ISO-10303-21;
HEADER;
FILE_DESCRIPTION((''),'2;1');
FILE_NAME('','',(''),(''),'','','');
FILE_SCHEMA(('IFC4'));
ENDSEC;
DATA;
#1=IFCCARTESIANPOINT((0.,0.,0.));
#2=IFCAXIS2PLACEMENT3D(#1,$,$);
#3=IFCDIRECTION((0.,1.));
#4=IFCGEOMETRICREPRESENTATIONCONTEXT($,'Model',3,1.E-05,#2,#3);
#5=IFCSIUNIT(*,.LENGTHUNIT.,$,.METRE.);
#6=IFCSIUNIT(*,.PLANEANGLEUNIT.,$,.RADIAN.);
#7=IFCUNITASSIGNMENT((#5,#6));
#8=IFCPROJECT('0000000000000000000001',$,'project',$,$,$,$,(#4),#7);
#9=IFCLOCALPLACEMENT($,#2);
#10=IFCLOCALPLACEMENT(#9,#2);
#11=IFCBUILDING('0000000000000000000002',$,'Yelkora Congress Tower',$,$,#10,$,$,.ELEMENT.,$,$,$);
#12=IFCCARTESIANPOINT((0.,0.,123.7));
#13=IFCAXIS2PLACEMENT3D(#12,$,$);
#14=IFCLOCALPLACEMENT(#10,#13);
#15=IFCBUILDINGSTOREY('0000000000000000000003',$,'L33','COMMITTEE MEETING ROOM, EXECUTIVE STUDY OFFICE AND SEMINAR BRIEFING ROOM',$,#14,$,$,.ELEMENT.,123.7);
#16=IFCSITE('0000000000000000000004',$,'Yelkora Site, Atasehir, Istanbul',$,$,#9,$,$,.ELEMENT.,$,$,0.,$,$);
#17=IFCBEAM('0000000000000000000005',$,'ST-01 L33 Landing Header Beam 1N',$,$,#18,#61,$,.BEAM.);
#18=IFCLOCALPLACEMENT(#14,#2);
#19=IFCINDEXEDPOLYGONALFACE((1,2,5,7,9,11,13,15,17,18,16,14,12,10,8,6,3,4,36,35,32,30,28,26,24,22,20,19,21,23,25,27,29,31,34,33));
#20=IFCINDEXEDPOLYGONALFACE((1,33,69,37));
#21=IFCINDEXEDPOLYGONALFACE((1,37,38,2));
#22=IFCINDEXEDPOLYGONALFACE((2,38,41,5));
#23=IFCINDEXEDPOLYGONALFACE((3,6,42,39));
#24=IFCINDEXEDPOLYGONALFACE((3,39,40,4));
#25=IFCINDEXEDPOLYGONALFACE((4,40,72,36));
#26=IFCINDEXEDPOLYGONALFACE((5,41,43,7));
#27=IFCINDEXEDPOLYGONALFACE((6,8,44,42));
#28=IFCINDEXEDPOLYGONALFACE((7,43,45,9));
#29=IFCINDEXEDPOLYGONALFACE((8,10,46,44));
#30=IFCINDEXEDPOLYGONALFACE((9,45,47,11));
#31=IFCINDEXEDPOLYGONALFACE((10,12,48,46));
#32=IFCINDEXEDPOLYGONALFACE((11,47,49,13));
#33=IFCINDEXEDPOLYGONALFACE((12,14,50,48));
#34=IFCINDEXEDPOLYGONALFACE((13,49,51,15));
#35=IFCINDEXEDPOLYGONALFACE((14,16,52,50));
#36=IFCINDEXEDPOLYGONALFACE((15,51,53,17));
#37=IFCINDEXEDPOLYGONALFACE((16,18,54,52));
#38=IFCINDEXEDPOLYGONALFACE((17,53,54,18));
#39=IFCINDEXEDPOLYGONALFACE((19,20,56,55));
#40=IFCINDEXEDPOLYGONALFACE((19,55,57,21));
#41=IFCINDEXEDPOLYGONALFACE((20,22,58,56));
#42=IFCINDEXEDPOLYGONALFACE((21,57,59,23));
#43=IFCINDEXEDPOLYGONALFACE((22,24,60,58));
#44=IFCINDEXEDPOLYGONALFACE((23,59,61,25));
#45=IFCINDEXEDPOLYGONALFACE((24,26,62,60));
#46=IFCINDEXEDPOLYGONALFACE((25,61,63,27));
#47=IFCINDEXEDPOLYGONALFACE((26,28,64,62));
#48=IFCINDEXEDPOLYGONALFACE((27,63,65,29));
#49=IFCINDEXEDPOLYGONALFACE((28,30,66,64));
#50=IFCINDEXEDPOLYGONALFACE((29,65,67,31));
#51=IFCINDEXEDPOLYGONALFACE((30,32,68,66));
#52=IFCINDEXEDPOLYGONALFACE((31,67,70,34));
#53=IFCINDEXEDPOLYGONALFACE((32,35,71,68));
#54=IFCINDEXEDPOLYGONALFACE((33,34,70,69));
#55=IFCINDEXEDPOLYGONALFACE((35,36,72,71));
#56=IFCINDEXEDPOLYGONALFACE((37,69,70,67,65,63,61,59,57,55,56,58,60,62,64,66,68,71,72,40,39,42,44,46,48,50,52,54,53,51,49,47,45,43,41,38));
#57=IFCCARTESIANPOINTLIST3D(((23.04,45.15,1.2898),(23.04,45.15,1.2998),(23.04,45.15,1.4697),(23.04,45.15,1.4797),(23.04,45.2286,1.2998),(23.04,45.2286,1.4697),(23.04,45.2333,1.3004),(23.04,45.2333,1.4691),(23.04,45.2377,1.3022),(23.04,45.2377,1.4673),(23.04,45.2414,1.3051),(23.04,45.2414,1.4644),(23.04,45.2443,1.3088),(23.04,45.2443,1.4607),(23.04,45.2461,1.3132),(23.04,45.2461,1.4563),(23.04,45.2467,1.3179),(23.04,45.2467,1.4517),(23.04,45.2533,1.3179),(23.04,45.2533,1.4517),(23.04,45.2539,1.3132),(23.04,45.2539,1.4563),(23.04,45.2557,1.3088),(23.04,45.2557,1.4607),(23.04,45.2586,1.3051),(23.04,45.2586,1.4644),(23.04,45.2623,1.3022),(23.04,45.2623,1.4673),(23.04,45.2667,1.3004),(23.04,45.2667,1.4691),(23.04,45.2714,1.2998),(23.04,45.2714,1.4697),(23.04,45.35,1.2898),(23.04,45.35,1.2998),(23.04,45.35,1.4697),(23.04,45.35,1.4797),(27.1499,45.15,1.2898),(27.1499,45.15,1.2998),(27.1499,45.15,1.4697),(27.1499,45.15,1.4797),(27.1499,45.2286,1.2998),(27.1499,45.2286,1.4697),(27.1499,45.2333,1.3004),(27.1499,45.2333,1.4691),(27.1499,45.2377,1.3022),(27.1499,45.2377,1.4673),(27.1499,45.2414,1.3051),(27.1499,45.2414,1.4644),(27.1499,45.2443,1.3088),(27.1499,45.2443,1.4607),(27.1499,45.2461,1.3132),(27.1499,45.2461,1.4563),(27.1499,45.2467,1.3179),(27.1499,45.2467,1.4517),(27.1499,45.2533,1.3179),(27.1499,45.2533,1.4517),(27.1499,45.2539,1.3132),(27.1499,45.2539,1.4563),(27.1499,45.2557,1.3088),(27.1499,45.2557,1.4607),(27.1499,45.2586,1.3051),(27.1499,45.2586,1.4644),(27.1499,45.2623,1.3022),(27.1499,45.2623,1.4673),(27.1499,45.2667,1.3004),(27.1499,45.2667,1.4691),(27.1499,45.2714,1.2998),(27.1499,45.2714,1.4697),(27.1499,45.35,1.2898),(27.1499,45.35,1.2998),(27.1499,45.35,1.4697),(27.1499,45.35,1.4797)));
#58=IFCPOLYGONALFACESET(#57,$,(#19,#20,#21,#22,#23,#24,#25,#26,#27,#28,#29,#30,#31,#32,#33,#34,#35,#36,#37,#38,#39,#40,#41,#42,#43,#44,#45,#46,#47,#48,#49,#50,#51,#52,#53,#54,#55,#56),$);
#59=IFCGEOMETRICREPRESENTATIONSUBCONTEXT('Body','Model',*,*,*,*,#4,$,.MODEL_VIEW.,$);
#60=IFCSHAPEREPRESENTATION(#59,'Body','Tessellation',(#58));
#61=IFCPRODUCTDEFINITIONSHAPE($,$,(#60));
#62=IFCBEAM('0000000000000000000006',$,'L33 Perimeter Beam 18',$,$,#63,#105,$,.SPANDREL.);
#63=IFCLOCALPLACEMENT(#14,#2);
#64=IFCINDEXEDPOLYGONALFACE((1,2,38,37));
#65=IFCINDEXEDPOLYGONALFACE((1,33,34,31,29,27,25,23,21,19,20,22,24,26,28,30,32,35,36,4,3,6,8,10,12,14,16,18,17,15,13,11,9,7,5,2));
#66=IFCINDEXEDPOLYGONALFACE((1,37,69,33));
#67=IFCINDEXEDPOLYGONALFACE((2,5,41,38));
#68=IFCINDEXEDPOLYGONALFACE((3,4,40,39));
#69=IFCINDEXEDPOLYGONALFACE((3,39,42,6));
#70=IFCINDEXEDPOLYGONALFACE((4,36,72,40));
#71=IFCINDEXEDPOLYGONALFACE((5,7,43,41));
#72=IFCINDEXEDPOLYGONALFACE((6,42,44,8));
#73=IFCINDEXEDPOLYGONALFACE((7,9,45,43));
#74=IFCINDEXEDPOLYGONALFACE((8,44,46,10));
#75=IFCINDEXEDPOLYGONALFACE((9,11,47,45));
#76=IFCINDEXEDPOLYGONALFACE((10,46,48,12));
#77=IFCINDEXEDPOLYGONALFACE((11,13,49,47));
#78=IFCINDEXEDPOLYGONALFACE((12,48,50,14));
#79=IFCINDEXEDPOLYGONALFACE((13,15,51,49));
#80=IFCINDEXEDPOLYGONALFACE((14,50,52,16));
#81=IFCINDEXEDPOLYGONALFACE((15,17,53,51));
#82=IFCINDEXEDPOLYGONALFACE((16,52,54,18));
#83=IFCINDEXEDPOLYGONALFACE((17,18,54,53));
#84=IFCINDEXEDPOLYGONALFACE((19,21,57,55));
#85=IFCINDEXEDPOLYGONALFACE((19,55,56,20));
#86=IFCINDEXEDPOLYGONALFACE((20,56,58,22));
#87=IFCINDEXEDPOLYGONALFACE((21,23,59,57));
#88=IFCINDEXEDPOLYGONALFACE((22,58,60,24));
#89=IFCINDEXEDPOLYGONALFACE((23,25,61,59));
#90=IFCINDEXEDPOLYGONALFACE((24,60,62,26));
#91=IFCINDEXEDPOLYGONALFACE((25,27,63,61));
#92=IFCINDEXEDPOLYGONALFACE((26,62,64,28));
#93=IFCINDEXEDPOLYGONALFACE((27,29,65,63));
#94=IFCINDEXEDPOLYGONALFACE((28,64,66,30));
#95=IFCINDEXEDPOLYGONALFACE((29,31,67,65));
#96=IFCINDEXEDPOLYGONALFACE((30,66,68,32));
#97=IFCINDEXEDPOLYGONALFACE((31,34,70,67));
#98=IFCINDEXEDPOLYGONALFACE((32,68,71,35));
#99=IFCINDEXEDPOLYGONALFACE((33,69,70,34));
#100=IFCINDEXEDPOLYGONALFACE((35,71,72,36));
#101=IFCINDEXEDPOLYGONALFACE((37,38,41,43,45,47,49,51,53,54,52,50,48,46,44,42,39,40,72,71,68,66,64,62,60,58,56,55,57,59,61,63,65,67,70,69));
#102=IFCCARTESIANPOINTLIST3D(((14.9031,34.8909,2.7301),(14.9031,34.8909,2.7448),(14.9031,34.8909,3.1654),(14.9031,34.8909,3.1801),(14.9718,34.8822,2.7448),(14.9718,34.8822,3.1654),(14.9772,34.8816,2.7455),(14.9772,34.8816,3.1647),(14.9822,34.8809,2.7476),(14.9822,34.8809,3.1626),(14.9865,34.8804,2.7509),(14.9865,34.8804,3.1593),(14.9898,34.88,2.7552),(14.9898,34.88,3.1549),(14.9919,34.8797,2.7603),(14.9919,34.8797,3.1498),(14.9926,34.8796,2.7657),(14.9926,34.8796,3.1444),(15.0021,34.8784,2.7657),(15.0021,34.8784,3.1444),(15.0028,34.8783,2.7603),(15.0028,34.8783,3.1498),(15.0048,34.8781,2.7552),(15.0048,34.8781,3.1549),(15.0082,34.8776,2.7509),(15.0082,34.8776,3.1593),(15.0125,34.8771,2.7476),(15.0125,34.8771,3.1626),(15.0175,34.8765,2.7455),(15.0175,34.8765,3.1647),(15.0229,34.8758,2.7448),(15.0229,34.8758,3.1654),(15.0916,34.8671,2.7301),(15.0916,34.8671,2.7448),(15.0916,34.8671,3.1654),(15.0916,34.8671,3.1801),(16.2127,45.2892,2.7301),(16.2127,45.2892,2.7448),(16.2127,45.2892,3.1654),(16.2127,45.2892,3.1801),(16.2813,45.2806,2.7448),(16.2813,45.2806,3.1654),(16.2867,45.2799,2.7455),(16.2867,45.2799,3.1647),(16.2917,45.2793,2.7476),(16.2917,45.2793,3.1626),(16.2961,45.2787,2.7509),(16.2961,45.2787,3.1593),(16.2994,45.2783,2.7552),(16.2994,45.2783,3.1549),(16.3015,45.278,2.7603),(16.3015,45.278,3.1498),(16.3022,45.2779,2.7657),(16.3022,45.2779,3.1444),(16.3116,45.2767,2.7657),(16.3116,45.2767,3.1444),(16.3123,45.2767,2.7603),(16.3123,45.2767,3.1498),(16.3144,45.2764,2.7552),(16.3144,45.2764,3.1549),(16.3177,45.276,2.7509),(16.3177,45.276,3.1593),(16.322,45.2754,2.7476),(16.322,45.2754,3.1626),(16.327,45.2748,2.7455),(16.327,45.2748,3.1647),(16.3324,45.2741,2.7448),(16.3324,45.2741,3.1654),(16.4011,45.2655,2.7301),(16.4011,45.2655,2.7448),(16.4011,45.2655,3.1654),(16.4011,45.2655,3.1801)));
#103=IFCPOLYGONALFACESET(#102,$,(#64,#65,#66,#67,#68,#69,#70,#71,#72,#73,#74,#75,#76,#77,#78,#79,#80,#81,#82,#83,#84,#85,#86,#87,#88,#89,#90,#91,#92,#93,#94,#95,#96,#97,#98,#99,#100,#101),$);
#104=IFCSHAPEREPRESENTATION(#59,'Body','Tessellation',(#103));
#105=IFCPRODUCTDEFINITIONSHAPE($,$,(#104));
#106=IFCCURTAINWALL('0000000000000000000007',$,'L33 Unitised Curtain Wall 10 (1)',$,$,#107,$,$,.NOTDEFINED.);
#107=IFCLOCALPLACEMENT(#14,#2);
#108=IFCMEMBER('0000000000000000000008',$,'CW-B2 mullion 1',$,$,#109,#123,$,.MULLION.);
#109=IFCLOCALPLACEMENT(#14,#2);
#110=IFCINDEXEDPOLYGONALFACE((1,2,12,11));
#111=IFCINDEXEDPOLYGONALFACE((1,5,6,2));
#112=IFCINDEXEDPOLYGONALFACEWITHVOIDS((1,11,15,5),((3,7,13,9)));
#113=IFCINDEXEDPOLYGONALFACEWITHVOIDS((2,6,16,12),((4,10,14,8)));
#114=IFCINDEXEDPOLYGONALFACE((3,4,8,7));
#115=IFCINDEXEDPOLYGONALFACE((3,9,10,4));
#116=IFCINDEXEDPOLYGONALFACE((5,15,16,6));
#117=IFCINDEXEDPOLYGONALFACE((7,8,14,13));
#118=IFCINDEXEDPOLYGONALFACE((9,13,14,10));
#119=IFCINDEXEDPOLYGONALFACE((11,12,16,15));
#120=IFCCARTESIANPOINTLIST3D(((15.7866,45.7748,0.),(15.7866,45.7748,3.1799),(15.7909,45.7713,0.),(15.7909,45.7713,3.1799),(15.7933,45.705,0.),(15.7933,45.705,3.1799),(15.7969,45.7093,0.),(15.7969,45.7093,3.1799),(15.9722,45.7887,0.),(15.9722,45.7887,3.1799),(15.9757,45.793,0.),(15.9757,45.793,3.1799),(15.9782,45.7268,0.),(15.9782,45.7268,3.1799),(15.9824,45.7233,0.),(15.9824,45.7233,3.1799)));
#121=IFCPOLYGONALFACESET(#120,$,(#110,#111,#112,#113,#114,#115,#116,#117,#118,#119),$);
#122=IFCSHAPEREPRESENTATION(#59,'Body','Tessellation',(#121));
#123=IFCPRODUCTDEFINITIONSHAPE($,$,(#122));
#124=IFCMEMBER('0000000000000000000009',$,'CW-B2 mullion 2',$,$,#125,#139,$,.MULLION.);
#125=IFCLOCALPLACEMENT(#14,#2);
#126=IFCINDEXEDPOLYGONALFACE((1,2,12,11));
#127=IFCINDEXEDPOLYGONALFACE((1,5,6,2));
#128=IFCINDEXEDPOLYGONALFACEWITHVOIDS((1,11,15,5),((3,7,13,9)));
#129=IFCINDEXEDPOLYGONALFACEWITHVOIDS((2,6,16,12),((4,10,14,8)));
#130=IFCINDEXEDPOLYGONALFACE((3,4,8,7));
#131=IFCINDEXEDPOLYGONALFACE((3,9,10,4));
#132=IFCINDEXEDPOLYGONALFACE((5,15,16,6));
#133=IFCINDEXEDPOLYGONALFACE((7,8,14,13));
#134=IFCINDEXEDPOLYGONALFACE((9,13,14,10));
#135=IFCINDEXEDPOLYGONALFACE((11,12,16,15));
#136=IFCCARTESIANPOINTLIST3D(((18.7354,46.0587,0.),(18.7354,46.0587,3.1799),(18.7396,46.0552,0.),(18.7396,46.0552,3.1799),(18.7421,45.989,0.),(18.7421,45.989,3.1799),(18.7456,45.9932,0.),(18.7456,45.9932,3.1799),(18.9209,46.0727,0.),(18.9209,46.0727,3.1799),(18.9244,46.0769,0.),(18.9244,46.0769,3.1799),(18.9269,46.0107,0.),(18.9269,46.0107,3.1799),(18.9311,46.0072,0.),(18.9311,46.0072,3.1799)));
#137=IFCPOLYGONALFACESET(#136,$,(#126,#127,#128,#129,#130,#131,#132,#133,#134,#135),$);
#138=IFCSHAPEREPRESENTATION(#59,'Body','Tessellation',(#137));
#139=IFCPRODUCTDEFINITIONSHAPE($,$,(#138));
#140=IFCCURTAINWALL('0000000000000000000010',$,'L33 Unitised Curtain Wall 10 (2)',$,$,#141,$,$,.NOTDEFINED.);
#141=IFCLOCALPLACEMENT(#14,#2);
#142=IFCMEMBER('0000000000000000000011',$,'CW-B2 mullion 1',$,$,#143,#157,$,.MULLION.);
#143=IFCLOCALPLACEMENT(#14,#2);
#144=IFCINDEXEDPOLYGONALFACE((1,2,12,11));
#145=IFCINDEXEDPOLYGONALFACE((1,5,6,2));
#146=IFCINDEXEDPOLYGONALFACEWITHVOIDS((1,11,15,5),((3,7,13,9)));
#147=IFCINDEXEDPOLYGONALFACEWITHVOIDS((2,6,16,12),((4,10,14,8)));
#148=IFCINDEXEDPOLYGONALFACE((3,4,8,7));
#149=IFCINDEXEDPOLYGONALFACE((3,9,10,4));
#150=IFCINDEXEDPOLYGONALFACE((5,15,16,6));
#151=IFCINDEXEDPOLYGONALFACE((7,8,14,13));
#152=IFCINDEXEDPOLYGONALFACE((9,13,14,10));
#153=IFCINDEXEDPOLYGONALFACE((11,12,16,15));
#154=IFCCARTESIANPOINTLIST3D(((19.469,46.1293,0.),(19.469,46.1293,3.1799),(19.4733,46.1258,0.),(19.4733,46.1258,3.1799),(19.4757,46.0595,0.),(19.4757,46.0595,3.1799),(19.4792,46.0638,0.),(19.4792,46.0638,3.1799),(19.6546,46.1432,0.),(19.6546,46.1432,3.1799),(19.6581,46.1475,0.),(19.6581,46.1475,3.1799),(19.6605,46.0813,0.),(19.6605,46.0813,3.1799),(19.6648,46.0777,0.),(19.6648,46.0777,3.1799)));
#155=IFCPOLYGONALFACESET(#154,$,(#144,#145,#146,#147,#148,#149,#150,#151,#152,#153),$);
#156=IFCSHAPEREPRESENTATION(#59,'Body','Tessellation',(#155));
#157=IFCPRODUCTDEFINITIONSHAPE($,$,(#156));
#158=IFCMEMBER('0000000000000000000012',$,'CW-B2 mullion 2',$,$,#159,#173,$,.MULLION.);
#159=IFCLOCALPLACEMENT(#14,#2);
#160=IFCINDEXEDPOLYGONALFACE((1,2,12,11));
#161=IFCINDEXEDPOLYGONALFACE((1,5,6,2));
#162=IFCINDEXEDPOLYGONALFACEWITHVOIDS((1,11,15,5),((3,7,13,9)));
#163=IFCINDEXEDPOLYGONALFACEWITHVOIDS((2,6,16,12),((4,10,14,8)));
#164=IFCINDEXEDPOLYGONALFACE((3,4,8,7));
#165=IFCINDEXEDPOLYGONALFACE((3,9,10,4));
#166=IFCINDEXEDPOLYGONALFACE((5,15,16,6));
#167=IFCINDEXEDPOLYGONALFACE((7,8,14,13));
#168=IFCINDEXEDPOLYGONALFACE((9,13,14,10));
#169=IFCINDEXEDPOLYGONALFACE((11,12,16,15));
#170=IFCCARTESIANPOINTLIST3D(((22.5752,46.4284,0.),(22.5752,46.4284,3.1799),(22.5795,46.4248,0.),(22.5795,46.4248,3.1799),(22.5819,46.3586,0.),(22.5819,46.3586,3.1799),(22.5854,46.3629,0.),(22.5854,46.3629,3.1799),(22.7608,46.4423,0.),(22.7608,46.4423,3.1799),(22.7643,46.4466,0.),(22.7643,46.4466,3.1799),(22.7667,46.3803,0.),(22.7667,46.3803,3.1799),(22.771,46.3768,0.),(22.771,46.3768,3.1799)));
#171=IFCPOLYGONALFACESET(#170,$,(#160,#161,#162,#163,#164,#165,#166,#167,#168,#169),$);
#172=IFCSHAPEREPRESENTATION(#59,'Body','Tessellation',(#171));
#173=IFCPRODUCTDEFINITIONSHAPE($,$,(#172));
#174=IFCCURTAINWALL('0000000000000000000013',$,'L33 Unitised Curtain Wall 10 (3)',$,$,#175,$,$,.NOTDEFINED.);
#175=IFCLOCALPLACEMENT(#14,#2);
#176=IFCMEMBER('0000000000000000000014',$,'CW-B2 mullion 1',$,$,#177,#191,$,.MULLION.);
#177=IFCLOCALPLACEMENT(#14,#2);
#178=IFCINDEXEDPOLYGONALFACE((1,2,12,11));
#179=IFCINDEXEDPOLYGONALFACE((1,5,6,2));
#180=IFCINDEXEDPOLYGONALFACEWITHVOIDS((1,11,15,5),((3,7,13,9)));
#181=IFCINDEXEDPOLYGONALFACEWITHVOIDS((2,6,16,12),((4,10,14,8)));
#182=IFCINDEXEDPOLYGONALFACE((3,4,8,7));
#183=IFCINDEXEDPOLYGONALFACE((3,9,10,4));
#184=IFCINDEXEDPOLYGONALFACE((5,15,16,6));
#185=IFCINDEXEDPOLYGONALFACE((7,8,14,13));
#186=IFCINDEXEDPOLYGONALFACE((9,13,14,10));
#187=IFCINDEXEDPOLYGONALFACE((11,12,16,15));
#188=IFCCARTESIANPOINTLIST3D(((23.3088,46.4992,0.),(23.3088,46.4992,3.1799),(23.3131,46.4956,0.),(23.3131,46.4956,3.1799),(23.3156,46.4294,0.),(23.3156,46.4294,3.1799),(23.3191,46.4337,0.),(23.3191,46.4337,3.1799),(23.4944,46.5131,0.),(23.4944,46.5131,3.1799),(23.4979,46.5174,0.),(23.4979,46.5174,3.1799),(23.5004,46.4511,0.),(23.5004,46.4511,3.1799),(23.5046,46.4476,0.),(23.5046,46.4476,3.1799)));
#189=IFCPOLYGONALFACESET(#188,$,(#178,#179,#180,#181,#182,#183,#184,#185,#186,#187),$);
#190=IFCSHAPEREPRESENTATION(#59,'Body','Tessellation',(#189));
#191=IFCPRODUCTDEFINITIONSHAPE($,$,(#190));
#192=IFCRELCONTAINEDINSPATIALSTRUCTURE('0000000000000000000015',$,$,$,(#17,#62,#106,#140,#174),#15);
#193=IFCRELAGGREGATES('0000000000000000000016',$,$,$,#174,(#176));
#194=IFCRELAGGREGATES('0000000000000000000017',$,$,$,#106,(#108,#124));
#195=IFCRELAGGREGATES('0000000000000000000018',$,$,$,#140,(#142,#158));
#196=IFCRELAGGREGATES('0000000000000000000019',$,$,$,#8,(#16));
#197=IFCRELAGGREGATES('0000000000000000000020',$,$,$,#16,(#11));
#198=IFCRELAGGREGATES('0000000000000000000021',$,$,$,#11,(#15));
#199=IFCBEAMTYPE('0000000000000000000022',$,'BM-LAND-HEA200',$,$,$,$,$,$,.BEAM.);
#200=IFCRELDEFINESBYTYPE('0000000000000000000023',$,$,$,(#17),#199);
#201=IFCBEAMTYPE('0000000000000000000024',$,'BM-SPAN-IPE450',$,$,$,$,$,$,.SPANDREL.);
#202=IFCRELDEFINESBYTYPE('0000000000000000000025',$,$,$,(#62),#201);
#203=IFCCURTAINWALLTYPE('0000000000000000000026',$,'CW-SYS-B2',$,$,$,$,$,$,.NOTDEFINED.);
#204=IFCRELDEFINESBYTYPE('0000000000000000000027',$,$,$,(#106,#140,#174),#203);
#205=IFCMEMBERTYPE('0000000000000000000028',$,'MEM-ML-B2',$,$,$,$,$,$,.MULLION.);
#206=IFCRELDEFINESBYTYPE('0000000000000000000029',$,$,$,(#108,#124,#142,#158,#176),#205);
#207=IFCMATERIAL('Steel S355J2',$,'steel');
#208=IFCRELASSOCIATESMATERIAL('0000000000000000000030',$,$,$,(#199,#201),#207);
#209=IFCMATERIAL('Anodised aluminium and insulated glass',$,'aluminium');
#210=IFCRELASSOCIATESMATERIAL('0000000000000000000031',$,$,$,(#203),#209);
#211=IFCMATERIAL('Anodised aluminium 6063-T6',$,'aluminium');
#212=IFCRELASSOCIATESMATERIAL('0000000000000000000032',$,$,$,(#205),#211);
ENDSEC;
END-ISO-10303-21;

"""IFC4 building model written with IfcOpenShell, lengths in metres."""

from ifc_helpers import new_model, si_unit, direction, frame, origin, origin_2d, place, context, subcontext, project, spatial, hollow_rectangle, i_section, extrude, material, material_profile, profile_set, type_object, element, aggregate, save


model = new_model("IFC4")

# Units and contexts
model_context = context("Model", 3, precision=1e-05, world=origin(), true_north=direction((0.0, 1.0)))
body_context = subcontext(model_context, "Body", "Model", "MODEL_VIEW")
ifc_project = project(units=[si_unit("LENGTHUNIT", "METRE"), si_unit("PLANEANGLEUNIT", "RADIAN")], contexts=[model_context])

# Site, building, storey
site_placement = place(None, origin())
site = spatial("IfcSite", under=ifc_project, at=site_placement, Name="Yelkora Site, Atasehir, Istanbul", CompositionType="ELEMENT", RefElevation=0.0)
building_placement = place(site_placement, origin())
building = spatial("IfcBuilding", under=site, at=building_placement, Name="Yelkora Congress Tower", CompositionType="ELEMENT")
storey_placement = place(building_placement, frame((0.0, 0.0, 123.7)))
storey = spatial("IfcBuildingStorey", under=building, at=storey_placement, Name="L33", Description="COMMITTEE MEETING ROOM, EXECUTIVE STUDY OFFICE AND SEMINAR BRIEFING ROOM", CompositionType="ELEMENT", Elevation=123.7)

# Beams
ifc_material_1 = material(Name="Steel S355J2", Category="steel")
ifc_material_profile_1 = material_profile(ifc_material_1, i_section(OverallWidth=0.2, OverallDepth=0.1899, WebThickness=0.0066, FlangeThickness=0.01, FilletRadius=0.0181, at=origin_2d()), Name="HEA 200")
ifc_profile_set_1 = profile_set([ifc_material_profile_1], Name="Steel S355J2")
beam_type_1 = type_object("IfcBeamType", Name="BM-LAND-HEA200", PredefinedType="BEAM", material=ifc_profile_set_1)
beam_1_placement = place(storey_placement, frame((23.04, 45.25, 1.3848), z_axis=(1.0, 0.0, 0.0), x_axis=(0.0, 1.0, 0.0)))
element("IfcBeam", 1, at=beam_1_placement, inside=storey, type_object=beam_type_1, Name="ST-01 L33 Landing Header Beam 1N", PredefinedType="BEAM", context=body_context, shape_type="SweptSolid", body=[
    extrude(i_section(OverallWidth=0.2, OverallDepth=0.1899, WebThickness=0.0066, FlangeThickness=0.01, FilletRadius=0.0181, at=origin_2d()), origin(), (0.0, 0.0, 1.0), 4.1099),
])
ifc_material_profile_2 = material_profile(ifc_material_1, i_section(OverallWidth=0.1899, OverallDepth=0.45, WebThickness=0.0095, FlangeThickness=0.0146, FilletRadius=0.021, at=origin_2d()), Name="IPE 450")
ifc_profile_set_2 = profile_set([ifc_material_profile_2], Name="Steel S355J2")
beam_type_2 = type_object("IfcBeamType", Name="BM-SPAN-IPE450", PredefinedType="SPANDREL", material=ifc_profile_set_2)
beam_2_placement = place(storey_placement, frame((16.3069, 45.2773, 2.9551), z_axis=(-0.124952, -0.992163, 0.0), x_axis=(0.992163, -0.124952, 0.0)))
element("IfcBeam", 2, at=beam_2_placement, inside=storey, type_object=beam_type_2, Name="L33 Perimeter Beam 18", PredefinedType="SPANDREL", context=body_context, shape_type="SweptSolid", body=[
    extrude(i_section(OverallWidth=0.1899, OverallDepth=0.45, WebThickness=0.0095, FlangeThickness=0.0146, FilletRadius=0.021, at=origin_2d()), origin(), (0.0, 0.0, 1.0), 10.4805),
])

# Curtain walls, members
ifc_material_2 = material(Name="Anodised aluminium and insulated glass", Category="aluminium")
curtain_wall_type = type_object("IfcCurtainWallType", Name="CW-SYS-B2", PredefinedType="NOTDEFINED", material=ifc_material_2)
curtain_wall_1_placement = place(storey_placement, origin())
curtain_wall_1 = element("IfcCurtainWall", 3, at=curtain_wall_1_placement, inside=storey, type_object=curtain_wall_type, Name="L33 Unitised Curtain Wall 10 (1)", PredefinedType="NOTDEFINED")
ifc_material_3 = material(Name="Anodised aluminium 6063-T6", Category="aluminium")
ifc_material_profile_3 = material_profile(ifc_material_3, hollow_rectangle(XDim=0.0701, YDim=0.1899, WallThickness=0.0039, at=origin_2d()), Name="ALU 70x190x4")
ifc_profile_set_3 = profile_set([ifc_material_profile_3], Name="Anodised aluminium 6063-T6")
member_type_1 = type_object("IfcMemberType", Name="MEM-ML-B2", PredefinedType="MULLION", material=ifc_profile_set_3)
member_1_placement = place(storey_placement, frame((15.8845, 45.749, 0.0), z_axis=(0.0, 0.0, 1.0), x_axis=(-0.095839, 0.995397, 0.0)))
member_1 = element("IfcMember", 4, at=member_1_placement, type_object=member_type_1, Name="CW-B2 mullion 1", PredefinedType="MULLION", context=body_context, shape_type="SweptSolid", body=[
    extrude(hollow_rectangle(XDim=0.0701, YDim=0.1899, WallThickness=0.0039, at=origin_2d()), origin(), (0.0, 0.0, 1.0), 3.1799),
])
member_2_placement = place(storey_placement, frame((18.8333, 46.033, 0.0), z_axis=(0.0, 0.0, 1.0), x_axis=(-0.095839, 0.995397, 0.0)))
member_2 = element("IfcMember", 5, at=member_2_placement, type_object=member_type_1, Name="CW-B2 mullion 2", PredefinedType="MULLION", context=body_context, shape_type="SweptSolid", body=[
    extrude(hollow_rectangle(XDim=0.0701, YDim=0.1899, WallThickness=0.0039, at=origin_2d()), origin(), (0.0, 0.0, 1.0), 3.1799),
])
curtain_wall_2_placement = place(storey_placement, origin())
curtain_wall_2 = element("IfcCurtainWall", 6, at=curtain_wall_2_placement, inside=storey, type_object=curtain_wall_type, Name="L33 Unitised Curtain Wall 10 (2)", PredefinedType="NOTDEFINED")
member_3_placement = place(storey_placement, frame((19.5669, 46.1035, 0.0), z_axis=(0.0, 0.0, 1.0), x_axis=(-0.095841, 0.995397, 0.0)))
member_3 = element("IfcMember", 7, at=member_3_placement, type_object=member_type_1, Name="CW-B2 mullion 1", PredefinedType="MULLION", context=body_context, shape_type="SweptSolid", body=[
    extrude(hollow_rectangle(XDim=0.0701, YDim=0.1899, WallThickness=0.0039, at=origin_2d()), origin(), (0.0, 0.0, 1.0), 3.1799),
])
member_4_placement = place(storey_placement, frame((22.6731, 46.4026, 0.0), z_axis=(0.0, 0.0, 1.0), x_axis=(-0.095841, 0.995397, 0.0)))
member_4 = element("IfcMember", 8, at=member_4_placement, type_object=member_type_1, Name="CW-B2 mullion 2", PredefinedType="MULLION", context=body_context, shape_type="SweptSolid", body=[
    extrude(hollow_rectangle(XDim=0.0701, YDim=0.1899, WallThickness=0.0039, at=origin_2d()), origin(), (0.0, 0.0, 1.0), 3.1799),
])

# Curtain wall, member
curtain_wall_3_placement = place(storey_placement, origin())
curtain_wall_3 = element("IfcCurtainWall", 9, at=curtain_wall_3_placement, inside=storey, type_object=curtain_wall_type, Name="L33 Unitised Curtain Wall 10 (3)", PredefinedType="NOTDEFINED")
member_5_placement = place(storey_placement, frame((23.4067, 46.4734, 0.0), z_axis=(0.0, 0.0, 1.0), x_axis=(-0.095844, 0.995396, 0.0)))
member_5 = element("IfcMember", 10, at=member_5_placement, type_object=member_type_1, Name="CW-B2 mullion 1", PredefinedType="MULLION", context=body_context, shape_type="SweptSolid", body=[
    extrude(hollow_rectangle(XDim=0.0701, YDim=0.1899, WallThickness=0.0039, at=origin_2d()), origin(), (0.0, 0.0, 1.0), 3.1799),
])

aggregate(curtain_wall_3, [member_5])

aggregate(curtain_wall_1, [member_1, member_2])
aggregate(curtain_wall_2, [member_3, member_4])

save(model, "model.ifc")
